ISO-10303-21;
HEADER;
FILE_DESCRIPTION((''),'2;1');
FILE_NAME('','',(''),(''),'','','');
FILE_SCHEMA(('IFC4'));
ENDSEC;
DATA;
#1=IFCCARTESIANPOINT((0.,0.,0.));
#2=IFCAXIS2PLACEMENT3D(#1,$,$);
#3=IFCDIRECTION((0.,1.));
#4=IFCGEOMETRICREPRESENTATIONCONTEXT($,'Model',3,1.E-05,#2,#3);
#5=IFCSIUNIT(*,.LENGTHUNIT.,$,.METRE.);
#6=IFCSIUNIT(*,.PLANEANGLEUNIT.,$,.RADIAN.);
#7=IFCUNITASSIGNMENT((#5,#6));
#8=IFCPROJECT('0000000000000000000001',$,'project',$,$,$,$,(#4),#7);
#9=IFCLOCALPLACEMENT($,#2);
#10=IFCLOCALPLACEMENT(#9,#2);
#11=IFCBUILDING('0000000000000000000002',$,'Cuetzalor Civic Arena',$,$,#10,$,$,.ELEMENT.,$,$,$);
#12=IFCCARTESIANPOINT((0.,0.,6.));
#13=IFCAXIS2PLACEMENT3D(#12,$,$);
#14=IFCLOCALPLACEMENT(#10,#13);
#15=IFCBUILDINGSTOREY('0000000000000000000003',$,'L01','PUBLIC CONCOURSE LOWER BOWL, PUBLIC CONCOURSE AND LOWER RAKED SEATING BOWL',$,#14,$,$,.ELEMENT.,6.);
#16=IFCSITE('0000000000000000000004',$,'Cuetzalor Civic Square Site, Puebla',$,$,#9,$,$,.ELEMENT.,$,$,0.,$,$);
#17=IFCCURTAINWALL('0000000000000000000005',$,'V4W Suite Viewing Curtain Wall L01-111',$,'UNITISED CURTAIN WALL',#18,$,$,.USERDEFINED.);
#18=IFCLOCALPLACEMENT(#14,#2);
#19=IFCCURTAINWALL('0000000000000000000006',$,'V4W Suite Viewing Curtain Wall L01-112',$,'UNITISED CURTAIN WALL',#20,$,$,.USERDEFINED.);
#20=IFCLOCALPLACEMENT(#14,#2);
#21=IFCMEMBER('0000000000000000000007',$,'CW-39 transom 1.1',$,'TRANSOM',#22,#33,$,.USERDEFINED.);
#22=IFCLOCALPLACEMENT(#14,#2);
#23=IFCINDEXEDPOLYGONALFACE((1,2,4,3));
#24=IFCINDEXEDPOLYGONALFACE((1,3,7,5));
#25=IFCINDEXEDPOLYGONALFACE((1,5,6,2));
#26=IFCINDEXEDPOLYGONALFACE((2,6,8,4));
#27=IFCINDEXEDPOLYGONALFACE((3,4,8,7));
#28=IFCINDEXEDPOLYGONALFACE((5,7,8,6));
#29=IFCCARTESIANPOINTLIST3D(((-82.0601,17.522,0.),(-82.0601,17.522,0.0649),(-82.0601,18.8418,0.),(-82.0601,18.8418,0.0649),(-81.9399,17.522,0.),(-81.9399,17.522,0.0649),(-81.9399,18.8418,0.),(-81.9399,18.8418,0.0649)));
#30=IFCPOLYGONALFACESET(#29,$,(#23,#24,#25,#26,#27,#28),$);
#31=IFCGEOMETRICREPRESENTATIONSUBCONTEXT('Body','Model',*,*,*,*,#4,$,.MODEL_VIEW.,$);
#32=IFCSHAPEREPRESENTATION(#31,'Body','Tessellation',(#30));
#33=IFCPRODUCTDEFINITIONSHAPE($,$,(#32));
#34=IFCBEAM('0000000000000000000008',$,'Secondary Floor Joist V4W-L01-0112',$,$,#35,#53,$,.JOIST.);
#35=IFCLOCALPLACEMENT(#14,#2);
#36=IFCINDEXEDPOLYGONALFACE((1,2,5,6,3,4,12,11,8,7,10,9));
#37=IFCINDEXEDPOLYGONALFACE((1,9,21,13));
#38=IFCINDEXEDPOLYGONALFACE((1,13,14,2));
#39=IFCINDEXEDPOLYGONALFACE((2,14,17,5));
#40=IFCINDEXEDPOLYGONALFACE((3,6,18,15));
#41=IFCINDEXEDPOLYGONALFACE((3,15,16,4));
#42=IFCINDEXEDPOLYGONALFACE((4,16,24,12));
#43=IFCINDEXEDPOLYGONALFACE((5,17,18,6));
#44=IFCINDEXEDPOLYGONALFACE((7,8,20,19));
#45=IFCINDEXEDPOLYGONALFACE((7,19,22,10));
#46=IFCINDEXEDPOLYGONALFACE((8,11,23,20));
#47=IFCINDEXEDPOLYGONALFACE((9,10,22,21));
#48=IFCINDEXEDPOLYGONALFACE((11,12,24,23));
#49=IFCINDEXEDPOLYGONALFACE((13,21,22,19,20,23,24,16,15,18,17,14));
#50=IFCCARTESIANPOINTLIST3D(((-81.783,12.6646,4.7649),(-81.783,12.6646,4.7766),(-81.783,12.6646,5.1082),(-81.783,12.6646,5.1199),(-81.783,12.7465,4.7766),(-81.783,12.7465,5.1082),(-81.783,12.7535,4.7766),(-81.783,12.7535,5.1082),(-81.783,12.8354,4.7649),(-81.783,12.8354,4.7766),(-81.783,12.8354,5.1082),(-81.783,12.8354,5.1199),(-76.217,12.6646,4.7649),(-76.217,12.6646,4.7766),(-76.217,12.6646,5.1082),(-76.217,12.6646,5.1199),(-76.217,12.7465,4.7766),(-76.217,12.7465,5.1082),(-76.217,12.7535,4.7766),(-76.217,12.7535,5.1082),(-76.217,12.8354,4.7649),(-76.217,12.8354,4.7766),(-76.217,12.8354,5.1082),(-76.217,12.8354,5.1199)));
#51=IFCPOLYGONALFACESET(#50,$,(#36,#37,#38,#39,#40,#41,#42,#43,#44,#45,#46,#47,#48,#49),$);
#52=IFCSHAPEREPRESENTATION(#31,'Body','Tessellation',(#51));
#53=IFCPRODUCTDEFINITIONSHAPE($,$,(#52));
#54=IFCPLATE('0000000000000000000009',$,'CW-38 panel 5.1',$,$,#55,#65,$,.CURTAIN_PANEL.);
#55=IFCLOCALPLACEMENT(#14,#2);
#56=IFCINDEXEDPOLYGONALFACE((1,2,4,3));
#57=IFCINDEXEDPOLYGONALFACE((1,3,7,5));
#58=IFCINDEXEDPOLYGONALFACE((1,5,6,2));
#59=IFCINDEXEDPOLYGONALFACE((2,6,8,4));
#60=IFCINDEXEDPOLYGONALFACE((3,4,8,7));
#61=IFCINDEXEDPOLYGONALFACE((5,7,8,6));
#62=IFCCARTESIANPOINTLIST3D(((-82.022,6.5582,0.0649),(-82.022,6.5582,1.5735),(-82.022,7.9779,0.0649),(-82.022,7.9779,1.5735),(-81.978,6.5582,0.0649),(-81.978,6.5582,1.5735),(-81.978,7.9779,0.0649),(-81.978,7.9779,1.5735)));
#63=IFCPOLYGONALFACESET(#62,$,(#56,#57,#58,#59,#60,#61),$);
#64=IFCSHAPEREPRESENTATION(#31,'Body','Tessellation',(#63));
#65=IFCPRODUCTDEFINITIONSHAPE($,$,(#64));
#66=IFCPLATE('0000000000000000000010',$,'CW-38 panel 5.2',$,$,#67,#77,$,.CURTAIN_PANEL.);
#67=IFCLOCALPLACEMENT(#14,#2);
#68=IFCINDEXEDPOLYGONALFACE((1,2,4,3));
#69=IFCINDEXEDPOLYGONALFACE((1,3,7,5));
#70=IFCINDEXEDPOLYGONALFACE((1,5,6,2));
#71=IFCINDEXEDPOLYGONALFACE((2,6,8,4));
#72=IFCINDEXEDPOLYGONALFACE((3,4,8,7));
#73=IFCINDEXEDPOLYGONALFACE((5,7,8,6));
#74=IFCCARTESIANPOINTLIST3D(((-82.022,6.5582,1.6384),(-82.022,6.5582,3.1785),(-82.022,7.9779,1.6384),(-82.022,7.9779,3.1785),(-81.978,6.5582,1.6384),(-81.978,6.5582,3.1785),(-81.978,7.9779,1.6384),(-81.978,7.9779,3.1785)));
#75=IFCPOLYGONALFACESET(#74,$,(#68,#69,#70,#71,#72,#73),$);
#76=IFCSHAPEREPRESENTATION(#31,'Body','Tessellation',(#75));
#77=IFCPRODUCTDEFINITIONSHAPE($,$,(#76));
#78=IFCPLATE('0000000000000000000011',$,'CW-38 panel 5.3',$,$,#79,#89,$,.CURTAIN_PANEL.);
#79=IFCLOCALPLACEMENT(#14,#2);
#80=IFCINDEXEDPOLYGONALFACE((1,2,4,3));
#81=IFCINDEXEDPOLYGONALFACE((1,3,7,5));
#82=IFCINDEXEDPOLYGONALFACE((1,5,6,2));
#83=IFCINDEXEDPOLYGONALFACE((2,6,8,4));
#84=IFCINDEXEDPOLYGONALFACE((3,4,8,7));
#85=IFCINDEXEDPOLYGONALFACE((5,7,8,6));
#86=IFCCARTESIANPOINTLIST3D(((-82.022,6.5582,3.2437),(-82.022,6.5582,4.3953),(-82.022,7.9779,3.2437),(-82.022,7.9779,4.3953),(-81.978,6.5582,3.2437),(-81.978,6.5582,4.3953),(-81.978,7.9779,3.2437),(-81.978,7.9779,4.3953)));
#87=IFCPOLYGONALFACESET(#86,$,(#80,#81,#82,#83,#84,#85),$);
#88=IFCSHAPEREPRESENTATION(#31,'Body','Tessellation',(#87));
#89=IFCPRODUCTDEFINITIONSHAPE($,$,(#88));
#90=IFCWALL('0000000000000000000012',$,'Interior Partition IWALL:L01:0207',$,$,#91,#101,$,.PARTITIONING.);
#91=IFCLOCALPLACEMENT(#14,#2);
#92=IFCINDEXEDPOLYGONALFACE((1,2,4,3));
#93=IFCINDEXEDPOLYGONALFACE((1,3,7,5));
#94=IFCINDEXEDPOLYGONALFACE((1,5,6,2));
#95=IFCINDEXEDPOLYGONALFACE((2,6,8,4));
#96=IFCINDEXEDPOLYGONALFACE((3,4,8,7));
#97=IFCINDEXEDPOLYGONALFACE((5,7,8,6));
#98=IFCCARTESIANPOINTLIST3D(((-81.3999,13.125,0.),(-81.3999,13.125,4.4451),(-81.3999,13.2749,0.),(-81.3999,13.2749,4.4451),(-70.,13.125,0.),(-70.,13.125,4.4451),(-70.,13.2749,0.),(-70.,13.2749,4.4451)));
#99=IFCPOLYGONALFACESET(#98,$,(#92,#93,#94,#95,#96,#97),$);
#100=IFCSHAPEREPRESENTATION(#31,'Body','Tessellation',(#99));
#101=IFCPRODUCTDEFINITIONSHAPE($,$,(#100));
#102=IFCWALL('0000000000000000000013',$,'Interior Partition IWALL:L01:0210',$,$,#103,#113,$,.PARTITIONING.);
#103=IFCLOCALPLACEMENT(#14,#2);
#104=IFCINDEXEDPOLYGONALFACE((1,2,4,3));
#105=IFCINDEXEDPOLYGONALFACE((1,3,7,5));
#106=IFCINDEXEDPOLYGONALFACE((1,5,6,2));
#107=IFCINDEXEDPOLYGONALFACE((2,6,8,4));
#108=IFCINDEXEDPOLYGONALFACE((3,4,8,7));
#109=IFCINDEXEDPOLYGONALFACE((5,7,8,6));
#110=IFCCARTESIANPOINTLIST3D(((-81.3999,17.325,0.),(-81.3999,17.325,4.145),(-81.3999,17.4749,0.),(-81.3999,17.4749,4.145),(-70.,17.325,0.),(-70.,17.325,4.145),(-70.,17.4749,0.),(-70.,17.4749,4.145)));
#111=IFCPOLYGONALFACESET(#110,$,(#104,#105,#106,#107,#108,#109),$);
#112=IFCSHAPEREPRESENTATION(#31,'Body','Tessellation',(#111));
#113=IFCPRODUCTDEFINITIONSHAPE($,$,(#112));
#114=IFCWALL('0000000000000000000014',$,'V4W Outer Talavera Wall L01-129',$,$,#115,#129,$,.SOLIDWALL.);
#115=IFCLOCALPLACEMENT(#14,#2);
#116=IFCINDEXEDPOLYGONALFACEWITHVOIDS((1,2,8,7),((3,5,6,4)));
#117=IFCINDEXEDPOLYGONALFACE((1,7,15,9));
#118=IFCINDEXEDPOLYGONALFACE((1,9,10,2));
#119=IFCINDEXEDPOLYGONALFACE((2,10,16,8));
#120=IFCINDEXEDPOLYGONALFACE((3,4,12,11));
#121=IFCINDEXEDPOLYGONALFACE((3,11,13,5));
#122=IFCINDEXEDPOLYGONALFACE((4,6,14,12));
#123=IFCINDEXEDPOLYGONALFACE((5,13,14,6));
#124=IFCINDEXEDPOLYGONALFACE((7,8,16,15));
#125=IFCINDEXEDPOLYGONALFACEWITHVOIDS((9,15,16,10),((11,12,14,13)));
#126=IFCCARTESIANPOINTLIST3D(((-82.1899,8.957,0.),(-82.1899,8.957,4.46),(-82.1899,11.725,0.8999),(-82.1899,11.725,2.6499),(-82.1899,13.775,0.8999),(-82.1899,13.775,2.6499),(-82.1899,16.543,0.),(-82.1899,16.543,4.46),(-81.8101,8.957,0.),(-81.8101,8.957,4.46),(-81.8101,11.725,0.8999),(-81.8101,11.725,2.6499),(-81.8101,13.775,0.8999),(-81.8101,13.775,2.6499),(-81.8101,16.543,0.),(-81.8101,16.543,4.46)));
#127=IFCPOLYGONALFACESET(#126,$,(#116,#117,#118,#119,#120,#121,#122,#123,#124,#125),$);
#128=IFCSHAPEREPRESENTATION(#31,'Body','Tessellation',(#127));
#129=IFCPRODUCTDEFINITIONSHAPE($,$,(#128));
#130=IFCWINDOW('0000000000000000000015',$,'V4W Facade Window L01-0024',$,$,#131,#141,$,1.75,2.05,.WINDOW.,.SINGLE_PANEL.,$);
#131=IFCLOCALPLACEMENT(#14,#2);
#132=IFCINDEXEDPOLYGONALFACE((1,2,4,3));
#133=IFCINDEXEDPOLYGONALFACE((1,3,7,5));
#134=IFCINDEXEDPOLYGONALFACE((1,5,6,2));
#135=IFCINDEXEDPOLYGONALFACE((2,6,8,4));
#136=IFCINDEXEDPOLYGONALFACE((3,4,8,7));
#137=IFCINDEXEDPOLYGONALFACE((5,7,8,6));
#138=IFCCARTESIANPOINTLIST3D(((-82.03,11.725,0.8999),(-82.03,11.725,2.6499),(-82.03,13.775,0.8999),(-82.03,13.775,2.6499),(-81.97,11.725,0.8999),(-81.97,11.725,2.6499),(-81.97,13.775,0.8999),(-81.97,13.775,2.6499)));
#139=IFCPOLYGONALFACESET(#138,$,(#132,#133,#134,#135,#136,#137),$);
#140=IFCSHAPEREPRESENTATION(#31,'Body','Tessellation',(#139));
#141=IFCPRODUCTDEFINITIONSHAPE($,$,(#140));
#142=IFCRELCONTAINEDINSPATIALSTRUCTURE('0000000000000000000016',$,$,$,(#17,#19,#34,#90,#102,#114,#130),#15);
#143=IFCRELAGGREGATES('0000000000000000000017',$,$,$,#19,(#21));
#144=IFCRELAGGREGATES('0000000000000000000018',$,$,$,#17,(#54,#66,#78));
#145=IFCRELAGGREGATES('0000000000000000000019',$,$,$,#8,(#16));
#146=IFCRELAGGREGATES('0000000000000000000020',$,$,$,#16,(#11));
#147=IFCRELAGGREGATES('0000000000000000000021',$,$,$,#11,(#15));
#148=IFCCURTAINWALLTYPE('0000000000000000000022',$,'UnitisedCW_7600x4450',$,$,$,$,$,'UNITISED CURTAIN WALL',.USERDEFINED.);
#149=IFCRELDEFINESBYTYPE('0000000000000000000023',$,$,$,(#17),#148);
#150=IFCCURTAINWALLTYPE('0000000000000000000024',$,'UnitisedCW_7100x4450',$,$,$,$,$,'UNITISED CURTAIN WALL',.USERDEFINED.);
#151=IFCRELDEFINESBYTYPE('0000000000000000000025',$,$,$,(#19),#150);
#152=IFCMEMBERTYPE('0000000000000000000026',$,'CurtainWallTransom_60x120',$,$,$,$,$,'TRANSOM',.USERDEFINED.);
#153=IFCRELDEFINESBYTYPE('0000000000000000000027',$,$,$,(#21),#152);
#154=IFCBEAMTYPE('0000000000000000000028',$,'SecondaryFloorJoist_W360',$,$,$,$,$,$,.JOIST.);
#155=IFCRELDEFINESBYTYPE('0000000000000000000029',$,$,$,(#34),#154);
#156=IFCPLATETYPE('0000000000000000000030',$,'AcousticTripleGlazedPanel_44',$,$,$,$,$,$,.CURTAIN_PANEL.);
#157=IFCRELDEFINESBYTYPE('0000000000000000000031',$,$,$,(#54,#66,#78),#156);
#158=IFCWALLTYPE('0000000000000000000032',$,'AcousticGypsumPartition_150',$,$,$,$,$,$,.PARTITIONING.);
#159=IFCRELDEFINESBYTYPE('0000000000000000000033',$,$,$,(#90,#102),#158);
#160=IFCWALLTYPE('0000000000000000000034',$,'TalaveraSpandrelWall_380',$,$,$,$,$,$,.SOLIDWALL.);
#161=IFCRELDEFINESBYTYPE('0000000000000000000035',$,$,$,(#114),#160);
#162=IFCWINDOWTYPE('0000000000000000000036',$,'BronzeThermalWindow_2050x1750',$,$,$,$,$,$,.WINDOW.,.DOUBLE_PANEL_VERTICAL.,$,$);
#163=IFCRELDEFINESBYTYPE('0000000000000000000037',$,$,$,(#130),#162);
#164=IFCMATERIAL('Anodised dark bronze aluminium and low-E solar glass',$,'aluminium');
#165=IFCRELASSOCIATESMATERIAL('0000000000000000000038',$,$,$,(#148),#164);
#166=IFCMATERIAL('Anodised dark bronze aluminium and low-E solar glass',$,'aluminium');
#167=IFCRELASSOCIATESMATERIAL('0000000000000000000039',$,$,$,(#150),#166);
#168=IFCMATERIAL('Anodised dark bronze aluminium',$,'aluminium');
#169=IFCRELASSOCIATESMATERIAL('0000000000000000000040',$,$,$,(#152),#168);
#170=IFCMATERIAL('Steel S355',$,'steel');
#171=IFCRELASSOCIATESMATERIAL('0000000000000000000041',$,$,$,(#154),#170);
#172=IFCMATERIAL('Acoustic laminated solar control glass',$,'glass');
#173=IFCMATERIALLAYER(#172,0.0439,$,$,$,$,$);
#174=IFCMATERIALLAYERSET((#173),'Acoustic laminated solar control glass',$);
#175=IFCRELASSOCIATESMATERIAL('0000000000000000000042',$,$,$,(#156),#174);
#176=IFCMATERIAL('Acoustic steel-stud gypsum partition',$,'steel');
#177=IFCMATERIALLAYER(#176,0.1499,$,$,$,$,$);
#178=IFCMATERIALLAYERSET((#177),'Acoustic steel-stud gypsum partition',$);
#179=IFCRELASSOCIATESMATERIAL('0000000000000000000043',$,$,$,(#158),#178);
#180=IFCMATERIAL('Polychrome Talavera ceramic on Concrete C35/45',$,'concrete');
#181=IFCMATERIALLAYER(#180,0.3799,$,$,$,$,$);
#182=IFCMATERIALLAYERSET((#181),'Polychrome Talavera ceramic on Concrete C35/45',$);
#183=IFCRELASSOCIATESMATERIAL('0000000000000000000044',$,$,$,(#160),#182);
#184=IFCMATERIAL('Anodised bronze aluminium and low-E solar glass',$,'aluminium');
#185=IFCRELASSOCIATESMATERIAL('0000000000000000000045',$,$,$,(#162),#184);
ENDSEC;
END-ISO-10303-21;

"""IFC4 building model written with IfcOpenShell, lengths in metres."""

from ifc_helpers import new_model, si_unit, direction, frame, frame_2d, origin, origin_2d, place, context, subcontext, project, spatial, rectangle, i_section, extrude, material, layer, layer_set, material_profile, profile_set, type_object, element, fill, aggregate, save


model = new_model("IFC4")

# Units and contexts
model_context = context("Model", 3, precision=1e-05, world=origin(), true_north=direction((0.0, 1.0)))
body_context = subcontext(model_context, "Body", "Model", "MODEL_VIEW")
ifc_project = project(units=[si_unit("LENGTHUNIT", "METRE"), si_unit("PLANEANGLEUNIT", "RADIAN")], contexts=[model_context])

# Site, building, storey
site_placement = place(None, origin())
site = spatial("IfcSite", under=ifc_project, at=site_placement, Name="Cuetzalor Civic Square Site, Puebla", CompositionType="ELEMENT", RefElevation=0.0)
building_placement = place(site_placement, origin())
building = spatial("IfcBuilding", under=site, at=building_placement, Name="Cuetzalor Civic Arena", CompositionType="ELEMENT")
storey_placement = place(building_placement, frame((0.0, 0.0, 6.0)))
storey = spatial("IfcBuildingStorey", under=building, at=storey_placement, Name="L01", Description="PUBLIC CONCOURSE LOWER BOWL, PUBLIC CONCOURSE AND LOWER RAKED SEATING BOWL", CompositionType="ELEMENT", Elevation=6.0)

# Curtain walls
ifc_material_1 = material(Name="Anodised dark bronze aluminium and low-E solar glass", Category="aluminium")
curtain_wall_type_1 = type_object("IfcCurtainWallType", Name="UnitisedCW_7600x4450", ElementType="UNITISED CURTAIN WALL", PredefinedType="USERDEFINED", material=ifc_material_1)
curtain_wall_1_placement = place(storey_placement, origin())
curtain_wall_1 = element("IfcCurtainWall", 1, at=curtain_wall_1_placement, inside=storey, type_object=curtain_wall_type_1, Name="V4W Suite Viewing Curtain Wall L01-111", ObjectType="UNITISED CURTAIN WALL", PredefinedType="USERDEFINED")
ifc_material_2 = material(Name="Anodised dark bronze aluminium and low-E solar glass", Category="aluminium")
curtain_wall_type_2 = type_object("IfcCurtainWallType", Name="UnitisedCW_7100x4450", ElementType="UNITISED CURTAIN WALL", PredefinedType="USERDEFINED", material=ifc_material_2)
curtain_wall_2_placement = place(storey_placement, origin())
curtain_wall_2 = element("IfcCurtainWall", 2, at=curtain_wall_2_placement, inside=storey, type_object=curtain_wall_type_2, Name="V4W Suite Viewing Curtain Wall L01-112", ObjectType="UNITISED CURTAIN WALL", PredefinedType="USERDEFINED")

# Member
ifc_material_3 = material(Name="Anodised dark bronze aluminium", Category="aluminium")
ifc_material_profile_1 = material_profile(ifc_material_3, rectangle(XDim=0.1201, YDim=0.0649, at=origin_2d()), Name="ALU TRANSOM 65x120")
ifc_profile_set_1 = profile_set([ifc_material_profile_1], Name="Anodised dark bronze aluminium")
member_type_1 = type_object("IfcMemberType", Name="CurtainWallTransom_60x120", ElementType="TRANSOM", PredefinedType="USERDEFINED", material=ifc_profile_set_1)
member_1_placement = place(storey_placement, frame((-82.0, 17.522, 0.0325), z_axis=(0.0, 1.0, 0.0), x_axis=(-1.0, 0.0, 0.0)))
member_1 = element("IfcMember", 3, at=member_1_placement, type_object=member_type_1, Name="CW-39 transom 1.1", ObjectType="TRANSOM", PredefinedType="USERDEFINED", context=body_context, shape_type="SweptSolid", body=[
    extrude(rectangle(XDim=0.1201, YDim=0.0649, at=origin_2d()), origin(), (0.0, 0.0, 1.0), 1.3198),
])
aggregate(curtain_wall_2, [member_1])

# Beam
ifc_material_4 = material(Name="Steel S355", Category="steel")
ifc_material_profile_2 = material_profile(ifc_material_4, i_section(OverallWidth=0.1709, OverallDepth=0.355, WebThickness=0.0071, FlangeThickness=0.0117, at=origin_2d()), Name="W360x51")
ifc_profile_set_2 = profile_set([ifc_material_profile_2], Name="Steel S355")
beam_type_1 = type_object("IfcBeamType", Name="SecondaryFloorJoist_W360", PredefinedType="JOIST", material=ifc_profile_set_2)
beam_1_placement = place(storey_placement, frame((-81.783, 12.75, 4.9424), z_axis=(1.0, 0.0, 0.0), x_axis=(0.0, 1.0, 0.0)))
element("IfcBeam", 4, at=beam_1_placement, inside=storey, type_object=beam_type_1, Name="Secondary Floor Joist V4W-L01-0112", PredefinedType="JOIST", context=body_context, shape_type="SweptSolid", body=[
    extrude(i_section(OverallWidth=0.1709, OverallDepth=0.355, WebThickness=0.0071, FlangeThickness=0.0117, at=origin_2d()), origin(), (0.0, 0.0, 1.0), 5.5659),
])

# Plates
ifc_material_5 = material(Name="Acoustic laminated solar control glass", Category="glass")
ifc_layer_1 = layer(ifc_material_5, 0.0439)
ifc_layer_set_1 = layer_set([ifc_layer_1], Name="Acoustic laminated solar control glass")
plate_type = type_object("IfcPlateType", Name="AcousticTripleGlazedPanel_44", PredefinedType="CURTAIN_PANEL", material=ifc_layer_set_1)
plate_1_placement = place(storey_placement, frame((-82.0, 7.2681, 0.0649), z_axis=(0.0, 0.0, 1.0), x_axis=(0.0, 1.0, 0.0)))
plate_1 = element("IfcPlate", 5, at=plate_1_placement, type_object=plate_type, Name="CW-38 panel 5.1", PredefinedType="CURTAIN_PANEL", context=body_context, shape_type="SweptSolid", body=[
    extrude(rectangle(XDim=1.4197, YDim=0.0439, at=origin_2d()), origin(), (0.0, 0.0, 1.0), 1.5085),
])
plate_2_placement = place(storey_placement, frame((-82.0, 7.2681, 1.6384), z_axis=(0.0, 0.0, 1.0), x_axis=(0.0, 1.0, 0.0)))
plate_2 = element("IfcPlate", 6, at=plate_2_placement, type_object=plate_type, Name="CW-38 panel 5.2", PredefinedType="CURTAIN_PANEL", context=body_context, shape_type="SweptSolid", body=[
    extrude(rectangle(XDim=1.4197, YDim=0.0439, at=origin_2d()), origin(), (0.0, 0.0, 1.0), 1.54),
])
plate_3_placement = place(storey_placement, frame((-82.0, 7.2681, 3.2437), z_axis=(0.0, 0.0, 1.0), x_axis=(0.0, 1.0, 0.0)))
plate_3 = element("IfcPlate", 7, at=plate_3_placement, type_object=plate_type, Name="CW-38 panel 5.3", PredefinedType="CURTAIN_PANEL", context=body_context, shape_type="SweptSolid", body=[
    extrude(rectangle(XDim=1.4197, YDim=0.0439, at=origin_2d()), origin(), (0.0, 0.0, 1.0), 1.1516),
])
aggregate(curtain_wall_1, [plate_1, plate_2, plate_3])

# Walls
ifc_material_6 = material(Name="Acoustic steel-stud gypsum partition", Category="steel")
ifc_layer_2 = layer(ifc_material_6, 0.1499)
ifc_layer_set_2 = layer_set([ifc_layer_2], Name="Acoustic steel-stud gypsum partition")
wall_type_1 = type_object("IfcWallType", Name="AcousticGypsumPartition_150", PredefinedType="PARTITIONING", material=ifc_layer_set_2)
wall_1_placement = place(storey_placement, frame((-81.3999, 13.2, 0.0), z_axis=(0.0, 0.0, 1.0), x_axis=(1.0, 0.0, 0.0)))
element("IfcWall", 8, at=wall_1_placement, inside=storey, type_object=wall_type_1, Name="Interior Partition IWALL:L01:0207", PredefinedType="PARTITIONING", context=body_context, shape_type="SweptSolid", body=[
    extrude(rectangle(XDim=11.3999, YDim=0.1499, at=frame_2d((5.7, 0.0))), origin(), (0.0, 0.0, 1.0), 4.4451),
])
wall_2_placement = place(storey_placement, frame((-81.3999, 17.3999, 0.0), z_axis=(0.0, 0.0, 1.0), x_axis=(1.0, 0.0, 0.0)))
element("IfcWall", 9, at=wall_2_placement, inside=storey, type_object=wall_type_1, Name="Interior Partition IWALL:L01:0210", PredefinedType="PARTITIONING", context=body_context, shape_type="SweptSolid", body=[
    extrude(rectangle(XDim=11.3999, YDim=0.1499, at=frame_2d((5.7, 0.0))), origin(), (0.0, 0.0, 1.0), 4.145),
])

# Wall, opening, window
ifc_material_7 = material(Name="Polychrome Talavera ceramic on Concrete C35/45", Category="concrete")
ifc_layer_3 = layer(ifc_material_7, 0.3799)
ifc_layer_set_3 = layer_set([ifc_layer_3], Name="Polychrome Talavera ceramic on Concrete C35/45")
wall_type_2 = type_object("IfcWallType", Name="TalaveraSpandrelWall_380", PredefinedType="SOLIDWALL", material=ifc_layer_set_3)
wall_3_placement = place(storey_placement, frame((-82.0, 8.957, 0.0), z_axis=(0.0, 0.0, 1.0), x_axis=(0.0, 1.0, 0.0)))
wall_3 = element("IfcWall", 10, at=wall_3_placement, inside=storey, type_object=wall_type_2, Name="V4W Outer Talavera Wall L01-129", PredefinedType="SOLIDWALL", context=body_context, shape_type="SweptSolid", body=[
    extrude(rectangle(XDim=7.5859, YDim=0.3799, at=frame_2d((3.793, 0.0))), origin(), (0.0, 0.0, 1.0), 4.46),
])
opening_placement = place(wall_3_placement, frame((2.7681, 0.0, 0.8999)))
opening = element("IfcOpeningElement", 11, at=opening_placement, cuts=wall_3, PredefinedType="OPENING", context=body_context, shape_type="SweptSolid", body=[
    extrude(rectangle(XDim=2.05, YDim=1.75, at=frame_2d((1.0249, 0.875))), frame((0.0, 0.2, 0.0), z_axis=(0.0, -1.0, 0.0), x_axis=(1.0, 0.0, 0.0)), (0.0, 0.0, 1.0), 0.3999),
])
ifc_material_8 = material(Name="Anodised bronze aluminium and low-E solar glass", Category="aluminium")
window_type = type_object("IfcWindowType", Name="BronzeThermalWindow_2050x1750", PartitioningType="DOUBLE_PANEL_VERTICAL", PredefinedType="WINDOW", material=ifc_material_8)
window_placement = place(opening_placement, origin())
window = element("IfcWindow", 12, at=window_placement, inside=storey, type_object=window_type, Name="V4W Facade Window L01-0024", OverallHeight=1.75, OverallWidth=2.05, PartitioningType="SINGLE_PANEL", PredefinedType="WINDOW", context=body_context, shape_type="SweptSolid", body=[
    extrude(rectangle(XDim=2.05, YDim=1.75, at=frame_2d((1.0249, 0.875))), frame((0.0, 0.03, 0.0), z_axis=(0.0, -1.0, 0.0), x_axis=(1.0, 0.0, 0.0)), (0.0, 0.0, 1.0), 0.0601),
])
fill(opening, window)

save(model, "model.ifc")
